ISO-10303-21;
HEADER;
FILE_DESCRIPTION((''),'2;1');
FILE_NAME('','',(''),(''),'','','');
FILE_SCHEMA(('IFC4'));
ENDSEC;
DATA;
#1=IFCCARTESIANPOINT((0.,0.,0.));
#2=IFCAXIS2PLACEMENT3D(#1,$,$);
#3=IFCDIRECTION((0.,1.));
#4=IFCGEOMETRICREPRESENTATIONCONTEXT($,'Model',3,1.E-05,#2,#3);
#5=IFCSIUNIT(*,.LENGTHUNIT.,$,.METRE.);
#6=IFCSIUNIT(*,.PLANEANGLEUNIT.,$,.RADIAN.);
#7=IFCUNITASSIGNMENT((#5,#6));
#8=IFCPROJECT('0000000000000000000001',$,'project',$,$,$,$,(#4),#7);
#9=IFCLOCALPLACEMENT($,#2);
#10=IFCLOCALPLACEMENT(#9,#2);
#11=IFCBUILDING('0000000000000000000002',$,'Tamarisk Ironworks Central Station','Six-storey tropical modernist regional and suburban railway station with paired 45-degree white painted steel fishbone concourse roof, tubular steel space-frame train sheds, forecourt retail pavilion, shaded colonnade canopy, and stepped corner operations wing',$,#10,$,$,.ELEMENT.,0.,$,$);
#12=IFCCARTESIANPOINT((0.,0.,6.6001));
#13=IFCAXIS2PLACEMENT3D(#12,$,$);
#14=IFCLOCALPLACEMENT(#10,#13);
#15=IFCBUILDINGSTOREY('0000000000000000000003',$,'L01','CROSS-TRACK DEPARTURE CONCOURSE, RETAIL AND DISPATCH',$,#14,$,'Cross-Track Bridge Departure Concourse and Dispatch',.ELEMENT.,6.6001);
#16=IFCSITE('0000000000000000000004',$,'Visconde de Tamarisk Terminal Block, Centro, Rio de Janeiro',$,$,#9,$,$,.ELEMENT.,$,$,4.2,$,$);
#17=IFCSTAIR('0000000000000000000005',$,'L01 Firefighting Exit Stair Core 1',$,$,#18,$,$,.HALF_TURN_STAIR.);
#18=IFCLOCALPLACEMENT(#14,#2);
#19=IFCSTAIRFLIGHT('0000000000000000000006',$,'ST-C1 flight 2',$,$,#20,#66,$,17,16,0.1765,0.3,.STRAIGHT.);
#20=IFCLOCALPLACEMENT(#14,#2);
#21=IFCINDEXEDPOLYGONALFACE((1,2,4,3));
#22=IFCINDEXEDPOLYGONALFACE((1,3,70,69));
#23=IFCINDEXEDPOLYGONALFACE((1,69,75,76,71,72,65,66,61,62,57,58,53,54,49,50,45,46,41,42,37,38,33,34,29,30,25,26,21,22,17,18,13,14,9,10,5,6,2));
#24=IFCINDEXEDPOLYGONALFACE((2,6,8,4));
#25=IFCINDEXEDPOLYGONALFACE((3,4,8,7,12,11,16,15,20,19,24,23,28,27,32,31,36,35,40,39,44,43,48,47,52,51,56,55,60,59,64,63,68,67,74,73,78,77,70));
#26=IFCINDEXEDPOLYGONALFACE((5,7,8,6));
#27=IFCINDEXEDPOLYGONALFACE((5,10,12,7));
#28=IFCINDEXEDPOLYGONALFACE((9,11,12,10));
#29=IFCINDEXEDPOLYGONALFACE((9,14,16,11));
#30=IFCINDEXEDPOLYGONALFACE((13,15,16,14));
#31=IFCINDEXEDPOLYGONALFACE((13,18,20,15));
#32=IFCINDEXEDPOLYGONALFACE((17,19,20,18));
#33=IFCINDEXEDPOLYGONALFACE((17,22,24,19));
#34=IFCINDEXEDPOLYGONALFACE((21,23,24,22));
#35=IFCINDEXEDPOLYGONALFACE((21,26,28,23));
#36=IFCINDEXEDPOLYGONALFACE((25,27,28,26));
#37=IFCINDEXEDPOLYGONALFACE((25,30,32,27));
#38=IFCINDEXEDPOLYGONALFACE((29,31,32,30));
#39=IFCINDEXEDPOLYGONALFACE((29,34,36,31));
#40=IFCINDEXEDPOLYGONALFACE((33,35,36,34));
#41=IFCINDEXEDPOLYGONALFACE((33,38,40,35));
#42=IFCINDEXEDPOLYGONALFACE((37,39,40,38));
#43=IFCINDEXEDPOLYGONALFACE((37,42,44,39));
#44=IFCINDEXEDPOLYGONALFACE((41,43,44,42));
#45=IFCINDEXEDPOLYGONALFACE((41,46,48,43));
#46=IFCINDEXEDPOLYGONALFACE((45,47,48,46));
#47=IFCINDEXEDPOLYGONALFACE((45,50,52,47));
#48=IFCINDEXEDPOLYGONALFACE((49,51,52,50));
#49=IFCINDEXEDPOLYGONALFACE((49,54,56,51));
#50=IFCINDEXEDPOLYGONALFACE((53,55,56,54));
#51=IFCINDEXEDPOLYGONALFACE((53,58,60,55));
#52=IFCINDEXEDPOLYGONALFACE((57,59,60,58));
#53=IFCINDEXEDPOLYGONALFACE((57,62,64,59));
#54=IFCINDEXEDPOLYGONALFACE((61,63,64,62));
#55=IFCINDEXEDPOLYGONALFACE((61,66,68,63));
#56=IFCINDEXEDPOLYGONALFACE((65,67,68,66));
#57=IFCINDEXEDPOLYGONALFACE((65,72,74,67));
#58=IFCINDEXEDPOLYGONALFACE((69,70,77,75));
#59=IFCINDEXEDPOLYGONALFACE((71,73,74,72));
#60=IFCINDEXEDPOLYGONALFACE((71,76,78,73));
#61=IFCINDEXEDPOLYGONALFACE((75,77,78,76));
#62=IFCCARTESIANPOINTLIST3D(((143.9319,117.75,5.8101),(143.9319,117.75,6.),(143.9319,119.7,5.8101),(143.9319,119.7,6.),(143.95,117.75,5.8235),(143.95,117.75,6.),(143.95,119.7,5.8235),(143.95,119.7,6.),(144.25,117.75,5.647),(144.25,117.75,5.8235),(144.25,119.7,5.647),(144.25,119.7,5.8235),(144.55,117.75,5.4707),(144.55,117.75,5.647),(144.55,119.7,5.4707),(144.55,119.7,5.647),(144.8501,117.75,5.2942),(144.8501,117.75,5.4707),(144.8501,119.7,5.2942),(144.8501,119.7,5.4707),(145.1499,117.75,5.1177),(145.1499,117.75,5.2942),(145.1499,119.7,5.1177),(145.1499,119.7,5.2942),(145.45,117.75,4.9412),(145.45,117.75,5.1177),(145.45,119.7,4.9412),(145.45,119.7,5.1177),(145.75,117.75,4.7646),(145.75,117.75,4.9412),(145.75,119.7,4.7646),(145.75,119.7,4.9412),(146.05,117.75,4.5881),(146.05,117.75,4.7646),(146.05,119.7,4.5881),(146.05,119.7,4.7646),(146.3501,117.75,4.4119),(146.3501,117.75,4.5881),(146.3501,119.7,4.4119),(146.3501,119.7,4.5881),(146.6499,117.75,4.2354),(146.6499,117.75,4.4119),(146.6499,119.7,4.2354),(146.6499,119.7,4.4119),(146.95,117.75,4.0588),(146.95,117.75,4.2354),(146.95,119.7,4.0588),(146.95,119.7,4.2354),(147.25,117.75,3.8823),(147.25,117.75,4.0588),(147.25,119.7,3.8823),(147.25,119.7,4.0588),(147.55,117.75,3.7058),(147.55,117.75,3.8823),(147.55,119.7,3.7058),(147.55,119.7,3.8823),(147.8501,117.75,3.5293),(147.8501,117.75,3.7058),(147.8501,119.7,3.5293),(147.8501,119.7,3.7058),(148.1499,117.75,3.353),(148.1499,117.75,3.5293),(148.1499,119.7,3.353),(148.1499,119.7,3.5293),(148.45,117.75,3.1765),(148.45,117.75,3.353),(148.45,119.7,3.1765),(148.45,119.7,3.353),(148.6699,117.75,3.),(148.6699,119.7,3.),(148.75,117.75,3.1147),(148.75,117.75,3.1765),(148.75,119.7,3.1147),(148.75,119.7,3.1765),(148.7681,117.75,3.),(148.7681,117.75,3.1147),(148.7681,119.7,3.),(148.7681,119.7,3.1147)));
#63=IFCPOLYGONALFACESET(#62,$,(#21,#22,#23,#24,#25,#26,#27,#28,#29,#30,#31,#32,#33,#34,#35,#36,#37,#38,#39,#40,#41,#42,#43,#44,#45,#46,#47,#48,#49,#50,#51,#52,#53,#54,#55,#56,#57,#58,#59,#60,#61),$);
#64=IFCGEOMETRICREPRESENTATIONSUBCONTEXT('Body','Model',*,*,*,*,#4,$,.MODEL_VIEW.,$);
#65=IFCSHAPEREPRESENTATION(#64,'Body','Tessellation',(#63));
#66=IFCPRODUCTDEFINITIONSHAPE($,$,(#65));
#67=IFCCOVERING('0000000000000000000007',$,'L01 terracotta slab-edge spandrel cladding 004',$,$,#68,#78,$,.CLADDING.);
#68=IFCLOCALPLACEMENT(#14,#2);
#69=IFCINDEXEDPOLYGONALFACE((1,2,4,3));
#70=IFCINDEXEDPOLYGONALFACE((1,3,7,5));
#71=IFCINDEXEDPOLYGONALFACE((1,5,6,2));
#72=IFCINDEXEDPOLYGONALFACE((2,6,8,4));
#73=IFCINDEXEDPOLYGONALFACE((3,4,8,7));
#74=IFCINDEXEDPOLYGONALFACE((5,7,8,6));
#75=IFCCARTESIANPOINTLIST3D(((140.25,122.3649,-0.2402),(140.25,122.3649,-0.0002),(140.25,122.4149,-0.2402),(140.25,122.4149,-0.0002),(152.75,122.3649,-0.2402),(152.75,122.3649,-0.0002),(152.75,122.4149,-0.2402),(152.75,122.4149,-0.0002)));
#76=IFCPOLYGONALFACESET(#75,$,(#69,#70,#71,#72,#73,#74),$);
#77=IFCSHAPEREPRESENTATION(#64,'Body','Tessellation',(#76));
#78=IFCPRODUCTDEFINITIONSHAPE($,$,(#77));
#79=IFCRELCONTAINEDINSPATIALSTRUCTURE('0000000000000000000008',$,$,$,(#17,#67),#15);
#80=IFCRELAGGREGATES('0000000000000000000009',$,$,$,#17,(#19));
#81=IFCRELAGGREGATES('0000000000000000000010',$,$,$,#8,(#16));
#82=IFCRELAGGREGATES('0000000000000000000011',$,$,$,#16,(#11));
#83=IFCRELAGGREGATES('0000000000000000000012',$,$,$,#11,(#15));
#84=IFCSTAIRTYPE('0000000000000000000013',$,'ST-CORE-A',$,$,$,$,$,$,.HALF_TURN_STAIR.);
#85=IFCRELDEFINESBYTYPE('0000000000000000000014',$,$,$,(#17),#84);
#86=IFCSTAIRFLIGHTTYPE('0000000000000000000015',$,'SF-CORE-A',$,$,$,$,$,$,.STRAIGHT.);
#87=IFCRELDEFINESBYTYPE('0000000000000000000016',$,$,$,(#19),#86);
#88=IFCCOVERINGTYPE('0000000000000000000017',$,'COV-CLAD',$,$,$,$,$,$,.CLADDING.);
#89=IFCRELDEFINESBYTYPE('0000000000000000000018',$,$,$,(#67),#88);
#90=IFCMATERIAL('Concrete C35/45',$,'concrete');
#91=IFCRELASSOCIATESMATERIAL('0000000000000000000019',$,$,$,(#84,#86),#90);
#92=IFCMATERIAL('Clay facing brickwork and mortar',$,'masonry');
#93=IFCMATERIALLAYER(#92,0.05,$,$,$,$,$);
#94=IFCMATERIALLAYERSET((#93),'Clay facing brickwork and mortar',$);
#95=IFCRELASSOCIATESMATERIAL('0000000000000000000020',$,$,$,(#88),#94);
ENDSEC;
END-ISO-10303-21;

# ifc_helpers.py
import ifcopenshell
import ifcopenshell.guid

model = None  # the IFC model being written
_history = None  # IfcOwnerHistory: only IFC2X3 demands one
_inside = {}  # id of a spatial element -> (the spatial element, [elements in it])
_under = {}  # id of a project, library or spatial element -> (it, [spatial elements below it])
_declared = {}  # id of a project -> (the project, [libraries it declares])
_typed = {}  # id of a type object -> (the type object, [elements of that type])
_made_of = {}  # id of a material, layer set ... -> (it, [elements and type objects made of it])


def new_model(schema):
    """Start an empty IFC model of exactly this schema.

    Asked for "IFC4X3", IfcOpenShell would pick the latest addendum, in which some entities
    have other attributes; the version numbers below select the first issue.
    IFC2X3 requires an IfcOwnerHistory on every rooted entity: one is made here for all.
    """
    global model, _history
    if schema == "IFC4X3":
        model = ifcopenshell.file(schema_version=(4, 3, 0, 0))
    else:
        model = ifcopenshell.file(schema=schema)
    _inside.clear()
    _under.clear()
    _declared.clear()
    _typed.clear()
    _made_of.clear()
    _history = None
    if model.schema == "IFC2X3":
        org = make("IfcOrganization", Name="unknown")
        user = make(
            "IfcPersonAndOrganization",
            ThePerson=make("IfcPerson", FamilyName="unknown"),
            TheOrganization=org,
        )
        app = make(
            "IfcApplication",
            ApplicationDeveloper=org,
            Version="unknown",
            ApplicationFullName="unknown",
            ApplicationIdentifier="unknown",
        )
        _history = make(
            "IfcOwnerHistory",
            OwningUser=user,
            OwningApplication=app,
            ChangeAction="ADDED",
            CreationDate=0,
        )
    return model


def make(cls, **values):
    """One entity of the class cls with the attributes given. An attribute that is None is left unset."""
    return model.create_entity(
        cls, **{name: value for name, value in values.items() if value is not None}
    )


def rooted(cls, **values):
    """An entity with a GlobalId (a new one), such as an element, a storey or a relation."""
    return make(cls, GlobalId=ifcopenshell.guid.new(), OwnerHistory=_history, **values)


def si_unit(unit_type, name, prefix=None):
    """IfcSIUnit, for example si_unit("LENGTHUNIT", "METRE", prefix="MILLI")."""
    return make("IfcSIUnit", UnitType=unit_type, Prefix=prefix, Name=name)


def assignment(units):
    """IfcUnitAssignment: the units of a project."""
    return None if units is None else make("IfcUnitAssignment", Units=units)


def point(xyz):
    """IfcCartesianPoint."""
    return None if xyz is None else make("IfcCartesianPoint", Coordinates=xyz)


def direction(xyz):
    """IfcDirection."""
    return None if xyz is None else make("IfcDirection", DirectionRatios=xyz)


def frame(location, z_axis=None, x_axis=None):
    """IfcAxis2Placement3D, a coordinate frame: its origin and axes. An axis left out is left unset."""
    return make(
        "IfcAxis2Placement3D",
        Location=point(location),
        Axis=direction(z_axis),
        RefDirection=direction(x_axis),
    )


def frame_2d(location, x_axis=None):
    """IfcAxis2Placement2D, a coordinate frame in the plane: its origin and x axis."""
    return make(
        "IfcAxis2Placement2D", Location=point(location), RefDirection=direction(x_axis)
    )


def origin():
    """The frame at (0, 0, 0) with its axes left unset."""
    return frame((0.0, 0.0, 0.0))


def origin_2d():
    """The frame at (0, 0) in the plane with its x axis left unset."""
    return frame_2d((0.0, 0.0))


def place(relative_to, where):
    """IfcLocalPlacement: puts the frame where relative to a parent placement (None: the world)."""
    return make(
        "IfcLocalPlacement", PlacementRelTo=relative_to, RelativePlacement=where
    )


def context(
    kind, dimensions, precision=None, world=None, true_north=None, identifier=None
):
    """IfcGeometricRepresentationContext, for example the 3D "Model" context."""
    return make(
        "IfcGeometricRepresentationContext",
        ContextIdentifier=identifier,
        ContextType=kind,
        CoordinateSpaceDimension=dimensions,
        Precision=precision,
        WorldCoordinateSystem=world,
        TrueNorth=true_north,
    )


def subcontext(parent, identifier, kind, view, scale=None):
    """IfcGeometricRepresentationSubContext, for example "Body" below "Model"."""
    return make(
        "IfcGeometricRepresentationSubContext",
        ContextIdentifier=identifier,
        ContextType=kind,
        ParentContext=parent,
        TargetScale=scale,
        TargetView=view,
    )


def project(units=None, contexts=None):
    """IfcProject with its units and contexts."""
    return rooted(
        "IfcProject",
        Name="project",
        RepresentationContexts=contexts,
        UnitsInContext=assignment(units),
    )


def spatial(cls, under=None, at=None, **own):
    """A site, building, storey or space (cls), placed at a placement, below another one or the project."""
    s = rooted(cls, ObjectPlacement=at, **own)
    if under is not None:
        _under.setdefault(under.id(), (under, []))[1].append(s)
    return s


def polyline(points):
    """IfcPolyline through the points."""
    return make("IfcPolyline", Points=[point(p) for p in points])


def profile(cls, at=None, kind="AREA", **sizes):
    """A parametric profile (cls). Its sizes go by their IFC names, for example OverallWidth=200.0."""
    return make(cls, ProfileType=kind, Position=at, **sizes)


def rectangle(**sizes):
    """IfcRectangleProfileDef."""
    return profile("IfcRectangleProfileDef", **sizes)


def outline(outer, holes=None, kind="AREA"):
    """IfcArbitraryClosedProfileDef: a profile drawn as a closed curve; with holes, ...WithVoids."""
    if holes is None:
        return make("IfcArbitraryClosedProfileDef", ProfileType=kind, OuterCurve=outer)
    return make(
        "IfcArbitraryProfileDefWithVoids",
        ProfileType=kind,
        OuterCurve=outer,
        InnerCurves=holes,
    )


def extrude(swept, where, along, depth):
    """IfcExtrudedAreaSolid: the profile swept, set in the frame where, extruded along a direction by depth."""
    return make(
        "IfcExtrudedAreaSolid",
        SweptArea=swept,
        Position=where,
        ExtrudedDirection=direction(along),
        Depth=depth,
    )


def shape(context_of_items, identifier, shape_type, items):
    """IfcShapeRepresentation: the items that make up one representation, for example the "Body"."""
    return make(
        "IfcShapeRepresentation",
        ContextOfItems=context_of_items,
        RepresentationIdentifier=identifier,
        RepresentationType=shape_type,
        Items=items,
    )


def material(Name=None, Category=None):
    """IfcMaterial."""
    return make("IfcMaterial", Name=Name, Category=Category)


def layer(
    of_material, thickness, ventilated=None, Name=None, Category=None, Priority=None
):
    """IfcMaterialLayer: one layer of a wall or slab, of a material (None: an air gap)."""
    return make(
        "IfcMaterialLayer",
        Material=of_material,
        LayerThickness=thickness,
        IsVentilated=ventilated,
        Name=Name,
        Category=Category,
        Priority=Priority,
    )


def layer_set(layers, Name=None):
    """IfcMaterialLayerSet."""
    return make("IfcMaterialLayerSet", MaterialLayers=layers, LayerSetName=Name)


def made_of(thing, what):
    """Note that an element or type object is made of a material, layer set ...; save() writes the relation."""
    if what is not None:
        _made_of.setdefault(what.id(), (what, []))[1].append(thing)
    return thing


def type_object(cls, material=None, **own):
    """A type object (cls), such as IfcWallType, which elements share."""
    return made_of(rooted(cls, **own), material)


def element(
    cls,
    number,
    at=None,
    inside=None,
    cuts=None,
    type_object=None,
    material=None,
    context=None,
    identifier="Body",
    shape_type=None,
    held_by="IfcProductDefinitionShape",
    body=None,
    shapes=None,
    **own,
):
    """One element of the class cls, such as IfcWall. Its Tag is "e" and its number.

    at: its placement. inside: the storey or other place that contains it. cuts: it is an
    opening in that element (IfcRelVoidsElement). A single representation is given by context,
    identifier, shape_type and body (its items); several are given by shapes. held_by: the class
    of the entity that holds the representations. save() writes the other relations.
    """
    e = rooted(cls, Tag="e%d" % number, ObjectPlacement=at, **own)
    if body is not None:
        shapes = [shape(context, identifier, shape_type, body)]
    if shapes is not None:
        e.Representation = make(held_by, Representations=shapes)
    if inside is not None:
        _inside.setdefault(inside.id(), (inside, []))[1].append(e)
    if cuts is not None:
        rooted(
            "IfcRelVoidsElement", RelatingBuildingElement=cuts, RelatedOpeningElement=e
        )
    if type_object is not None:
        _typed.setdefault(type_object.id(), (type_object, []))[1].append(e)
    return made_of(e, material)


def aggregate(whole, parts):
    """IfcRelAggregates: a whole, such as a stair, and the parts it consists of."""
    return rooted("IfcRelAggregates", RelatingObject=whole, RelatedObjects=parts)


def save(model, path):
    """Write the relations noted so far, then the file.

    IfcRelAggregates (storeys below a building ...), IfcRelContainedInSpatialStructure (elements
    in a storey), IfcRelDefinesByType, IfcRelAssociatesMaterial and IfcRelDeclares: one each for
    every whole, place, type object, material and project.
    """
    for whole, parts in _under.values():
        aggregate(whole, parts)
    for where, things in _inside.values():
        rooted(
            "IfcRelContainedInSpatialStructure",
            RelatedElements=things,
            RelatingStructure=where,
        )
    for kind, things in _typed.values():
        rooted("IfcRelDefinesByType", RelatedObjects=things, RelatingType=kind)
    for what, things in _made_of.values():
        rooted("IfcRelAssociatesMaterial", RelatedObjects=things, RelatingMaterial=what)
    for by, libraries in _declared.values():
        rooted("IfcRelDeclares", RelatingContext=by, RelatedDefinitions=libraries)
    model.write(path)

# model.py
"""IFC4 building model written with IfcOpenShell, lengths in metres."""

from ifc_helpers import new_model, si_unit, direction, frame, origin, origin_2d, place, context, subcontext, project, spatial, polyline, rectangle, outline, extrude, material, layer, layer_set, type_object, element, aggregate, save


model = new_model("IFC4")

# Units and contexts
model_context = context("Model", 3, precision=1e-05, world=origin(), true_north=direction((0.0, 1.0)))
body_context = subcontext(model_context, "Body", "Model", "MODEL_VIEW")
ifc_project = project(units=[si_unit("LENGTHUNIT", "METRE"), si_unit("PLANEANGLEUNIT", "RADIAN")], contexts=[model_context])

# Site, building, storey
site_placement = place(None, origin())
site = spatial("IfcSite", under=ifc_project, at=site_placement, Name="Visconde de Tamarisk Terminal Block, Centro, Rio de Janeiro", CompositionType="ELEMENT", RefElevation=4.2)
building_placement = place(site_placement, origin())
building = spatial("IfcBuilding", under=site, at=building_placement, Name="Tamarisk Ironworks Central Station", Description="Six-storey tropical modernist regional and suburban railway station with paired 45-degree white painted steel fishbone concourse roof, tubular steel space-frame train sheds, forecourt retail pavilion, shaded colonnade canopy, and stepped corner operations wing", CompositionType="ELEMENT", ElevationOfRefHeight=0.0)
storey_placement = place(building_placement, frame((0.0, 0.0, 6.6001)))
storey = spatial("IfcBuildingStorey", under=building, at=storey_placement, Name="L01", Description="CROSS-TRACK DEPARTURE CONCOURSE, RETAIL AND DISPATCH", LongName="Cross-Track Bridge Departure Concourse and Dispatch", CompositionType="ELEMENT", Elevation=6.6001)

# Stair, stair flight
ifc_material_1 = material(Name="Concrete C35/45", Category="concrete")
stair_type = type_object("IfcStairType", Name="ST-CORE-A", PredefinedType="HALF_TURN_STAIR", material=ifc_material_1)
stair_placement = place(storey_placement, origin())
stair = element("IfcStair", 1, at=stair_placement, inside=storey, type_object=stair_type, Name="L01 Firefighting Exit Stair Core 1", PredefinedType="HALF_TURN_STAIR")
stair_flight_type = type_object("IfcStairFlightType", Name="SF-CORE-A", PredefinedType="STRAIGHT", material=ifc_material_1)
stair_flight_1_placement = place(storey_placement, frame((148.75, 118.7251, 3.0), z_axis=(0.0, 0.0, 1.0), x_axis=(-1.0, 0.0, 0.0)))
stair_flight_1 = element("IfcStairFlight", 2, at=stair_flight_1_placement, type_object=stair_flight_type, Name="ST-C1 flight 2", NumberOfRisers=17, NumberOfTreads=16, PredefinedType="STRAIGHT", RiserHeight=0.1765, TreadLength=0.3, context=body_context, shape_type="SweptSolid", body=[
    extrude(outline(polyline([(-0.0181, 0.0), (-0.0181, 0.1147), (0.0, 0.1147), (0.0, 0.1765), (0.3, 0.1765), (0.3, 0.353), (0.6001, 0.353), (0.6001, 0.5293), (0.8999, 0.5293), (0.8999, 0.7058), (1.2, 0.7058), (1.2, 0.8823), (1.5, 0.8823), (1.5, 1.0588), (1.8, 1.0588), (1.8, 1.2354), (2.1001, 1.2354), (2.1001, 1.4119), (2.3999, 1.4119), (2.3999, 1.5881), (2.7, 1.5881), (2.7, 1.7646), (3.0, 1.7646), (3.0, 1.9412), (3.3, 1.9412), (3.3, 2.1177), (3.6001, 2.1177), (3.6001, 2.2942), (3.8999, 2.2942), (3.8999, 2.4707), (4.2, 2.4707), (4.2, 2.647), (4.5, 2.647), (4.5, 2.8235), (4.8, 2.8235), (4.8, 3.0), (4.8181, 3.0), (4.8181, 2.8101), (0.0801, 0.0), (-0.0181, 0.0)])), frame((0.0, 0.9751, 0.0), z_axis=(0.0, -1.0, 0.0), x_axis=(1.0, 0.0, 0.0)), (0.0, 0.0, 1.0), 1.95),
])
aggregate(stair, [stair_flight_1])

# Covering
ifc_material_2 = material(Name="Clay facing brickwork and mortar", Category="masonry")
ifc_layer_1 = layer(ifc_material_2, 0.05)
ifc_layer_set_1 = layer_set([ifc_layer_1], Name="Clay facing brickwork and mortar")
covering_type = type_object("IfcCoveringType", Name="COV-CLAD", PredefinedType="CLADDING", material=ifc_layer_set_1)
covering_placement = place(storey_placement, frame((146.5, 122.3899, -0.2402), z_axis=(0.0, 0.0, 1.0), x_axis=(1.0, 0.0, 0.0)))
element("IfcCovering", 3, at=covering_placement, inside=storey, type_object=covering_type, Name="L01 terracotta slab-edge spandrel cladding 004", PredefinedType="CLADDING", context=body_context, shape_type="SweptSolid", body=[
    extrude(rectangle(XDim=12.5, YDim=0.05, at=origin_2d()), origin(), (0.0, 0.0, 1.0), 0.24),
])

save(model, "model.ifc")
